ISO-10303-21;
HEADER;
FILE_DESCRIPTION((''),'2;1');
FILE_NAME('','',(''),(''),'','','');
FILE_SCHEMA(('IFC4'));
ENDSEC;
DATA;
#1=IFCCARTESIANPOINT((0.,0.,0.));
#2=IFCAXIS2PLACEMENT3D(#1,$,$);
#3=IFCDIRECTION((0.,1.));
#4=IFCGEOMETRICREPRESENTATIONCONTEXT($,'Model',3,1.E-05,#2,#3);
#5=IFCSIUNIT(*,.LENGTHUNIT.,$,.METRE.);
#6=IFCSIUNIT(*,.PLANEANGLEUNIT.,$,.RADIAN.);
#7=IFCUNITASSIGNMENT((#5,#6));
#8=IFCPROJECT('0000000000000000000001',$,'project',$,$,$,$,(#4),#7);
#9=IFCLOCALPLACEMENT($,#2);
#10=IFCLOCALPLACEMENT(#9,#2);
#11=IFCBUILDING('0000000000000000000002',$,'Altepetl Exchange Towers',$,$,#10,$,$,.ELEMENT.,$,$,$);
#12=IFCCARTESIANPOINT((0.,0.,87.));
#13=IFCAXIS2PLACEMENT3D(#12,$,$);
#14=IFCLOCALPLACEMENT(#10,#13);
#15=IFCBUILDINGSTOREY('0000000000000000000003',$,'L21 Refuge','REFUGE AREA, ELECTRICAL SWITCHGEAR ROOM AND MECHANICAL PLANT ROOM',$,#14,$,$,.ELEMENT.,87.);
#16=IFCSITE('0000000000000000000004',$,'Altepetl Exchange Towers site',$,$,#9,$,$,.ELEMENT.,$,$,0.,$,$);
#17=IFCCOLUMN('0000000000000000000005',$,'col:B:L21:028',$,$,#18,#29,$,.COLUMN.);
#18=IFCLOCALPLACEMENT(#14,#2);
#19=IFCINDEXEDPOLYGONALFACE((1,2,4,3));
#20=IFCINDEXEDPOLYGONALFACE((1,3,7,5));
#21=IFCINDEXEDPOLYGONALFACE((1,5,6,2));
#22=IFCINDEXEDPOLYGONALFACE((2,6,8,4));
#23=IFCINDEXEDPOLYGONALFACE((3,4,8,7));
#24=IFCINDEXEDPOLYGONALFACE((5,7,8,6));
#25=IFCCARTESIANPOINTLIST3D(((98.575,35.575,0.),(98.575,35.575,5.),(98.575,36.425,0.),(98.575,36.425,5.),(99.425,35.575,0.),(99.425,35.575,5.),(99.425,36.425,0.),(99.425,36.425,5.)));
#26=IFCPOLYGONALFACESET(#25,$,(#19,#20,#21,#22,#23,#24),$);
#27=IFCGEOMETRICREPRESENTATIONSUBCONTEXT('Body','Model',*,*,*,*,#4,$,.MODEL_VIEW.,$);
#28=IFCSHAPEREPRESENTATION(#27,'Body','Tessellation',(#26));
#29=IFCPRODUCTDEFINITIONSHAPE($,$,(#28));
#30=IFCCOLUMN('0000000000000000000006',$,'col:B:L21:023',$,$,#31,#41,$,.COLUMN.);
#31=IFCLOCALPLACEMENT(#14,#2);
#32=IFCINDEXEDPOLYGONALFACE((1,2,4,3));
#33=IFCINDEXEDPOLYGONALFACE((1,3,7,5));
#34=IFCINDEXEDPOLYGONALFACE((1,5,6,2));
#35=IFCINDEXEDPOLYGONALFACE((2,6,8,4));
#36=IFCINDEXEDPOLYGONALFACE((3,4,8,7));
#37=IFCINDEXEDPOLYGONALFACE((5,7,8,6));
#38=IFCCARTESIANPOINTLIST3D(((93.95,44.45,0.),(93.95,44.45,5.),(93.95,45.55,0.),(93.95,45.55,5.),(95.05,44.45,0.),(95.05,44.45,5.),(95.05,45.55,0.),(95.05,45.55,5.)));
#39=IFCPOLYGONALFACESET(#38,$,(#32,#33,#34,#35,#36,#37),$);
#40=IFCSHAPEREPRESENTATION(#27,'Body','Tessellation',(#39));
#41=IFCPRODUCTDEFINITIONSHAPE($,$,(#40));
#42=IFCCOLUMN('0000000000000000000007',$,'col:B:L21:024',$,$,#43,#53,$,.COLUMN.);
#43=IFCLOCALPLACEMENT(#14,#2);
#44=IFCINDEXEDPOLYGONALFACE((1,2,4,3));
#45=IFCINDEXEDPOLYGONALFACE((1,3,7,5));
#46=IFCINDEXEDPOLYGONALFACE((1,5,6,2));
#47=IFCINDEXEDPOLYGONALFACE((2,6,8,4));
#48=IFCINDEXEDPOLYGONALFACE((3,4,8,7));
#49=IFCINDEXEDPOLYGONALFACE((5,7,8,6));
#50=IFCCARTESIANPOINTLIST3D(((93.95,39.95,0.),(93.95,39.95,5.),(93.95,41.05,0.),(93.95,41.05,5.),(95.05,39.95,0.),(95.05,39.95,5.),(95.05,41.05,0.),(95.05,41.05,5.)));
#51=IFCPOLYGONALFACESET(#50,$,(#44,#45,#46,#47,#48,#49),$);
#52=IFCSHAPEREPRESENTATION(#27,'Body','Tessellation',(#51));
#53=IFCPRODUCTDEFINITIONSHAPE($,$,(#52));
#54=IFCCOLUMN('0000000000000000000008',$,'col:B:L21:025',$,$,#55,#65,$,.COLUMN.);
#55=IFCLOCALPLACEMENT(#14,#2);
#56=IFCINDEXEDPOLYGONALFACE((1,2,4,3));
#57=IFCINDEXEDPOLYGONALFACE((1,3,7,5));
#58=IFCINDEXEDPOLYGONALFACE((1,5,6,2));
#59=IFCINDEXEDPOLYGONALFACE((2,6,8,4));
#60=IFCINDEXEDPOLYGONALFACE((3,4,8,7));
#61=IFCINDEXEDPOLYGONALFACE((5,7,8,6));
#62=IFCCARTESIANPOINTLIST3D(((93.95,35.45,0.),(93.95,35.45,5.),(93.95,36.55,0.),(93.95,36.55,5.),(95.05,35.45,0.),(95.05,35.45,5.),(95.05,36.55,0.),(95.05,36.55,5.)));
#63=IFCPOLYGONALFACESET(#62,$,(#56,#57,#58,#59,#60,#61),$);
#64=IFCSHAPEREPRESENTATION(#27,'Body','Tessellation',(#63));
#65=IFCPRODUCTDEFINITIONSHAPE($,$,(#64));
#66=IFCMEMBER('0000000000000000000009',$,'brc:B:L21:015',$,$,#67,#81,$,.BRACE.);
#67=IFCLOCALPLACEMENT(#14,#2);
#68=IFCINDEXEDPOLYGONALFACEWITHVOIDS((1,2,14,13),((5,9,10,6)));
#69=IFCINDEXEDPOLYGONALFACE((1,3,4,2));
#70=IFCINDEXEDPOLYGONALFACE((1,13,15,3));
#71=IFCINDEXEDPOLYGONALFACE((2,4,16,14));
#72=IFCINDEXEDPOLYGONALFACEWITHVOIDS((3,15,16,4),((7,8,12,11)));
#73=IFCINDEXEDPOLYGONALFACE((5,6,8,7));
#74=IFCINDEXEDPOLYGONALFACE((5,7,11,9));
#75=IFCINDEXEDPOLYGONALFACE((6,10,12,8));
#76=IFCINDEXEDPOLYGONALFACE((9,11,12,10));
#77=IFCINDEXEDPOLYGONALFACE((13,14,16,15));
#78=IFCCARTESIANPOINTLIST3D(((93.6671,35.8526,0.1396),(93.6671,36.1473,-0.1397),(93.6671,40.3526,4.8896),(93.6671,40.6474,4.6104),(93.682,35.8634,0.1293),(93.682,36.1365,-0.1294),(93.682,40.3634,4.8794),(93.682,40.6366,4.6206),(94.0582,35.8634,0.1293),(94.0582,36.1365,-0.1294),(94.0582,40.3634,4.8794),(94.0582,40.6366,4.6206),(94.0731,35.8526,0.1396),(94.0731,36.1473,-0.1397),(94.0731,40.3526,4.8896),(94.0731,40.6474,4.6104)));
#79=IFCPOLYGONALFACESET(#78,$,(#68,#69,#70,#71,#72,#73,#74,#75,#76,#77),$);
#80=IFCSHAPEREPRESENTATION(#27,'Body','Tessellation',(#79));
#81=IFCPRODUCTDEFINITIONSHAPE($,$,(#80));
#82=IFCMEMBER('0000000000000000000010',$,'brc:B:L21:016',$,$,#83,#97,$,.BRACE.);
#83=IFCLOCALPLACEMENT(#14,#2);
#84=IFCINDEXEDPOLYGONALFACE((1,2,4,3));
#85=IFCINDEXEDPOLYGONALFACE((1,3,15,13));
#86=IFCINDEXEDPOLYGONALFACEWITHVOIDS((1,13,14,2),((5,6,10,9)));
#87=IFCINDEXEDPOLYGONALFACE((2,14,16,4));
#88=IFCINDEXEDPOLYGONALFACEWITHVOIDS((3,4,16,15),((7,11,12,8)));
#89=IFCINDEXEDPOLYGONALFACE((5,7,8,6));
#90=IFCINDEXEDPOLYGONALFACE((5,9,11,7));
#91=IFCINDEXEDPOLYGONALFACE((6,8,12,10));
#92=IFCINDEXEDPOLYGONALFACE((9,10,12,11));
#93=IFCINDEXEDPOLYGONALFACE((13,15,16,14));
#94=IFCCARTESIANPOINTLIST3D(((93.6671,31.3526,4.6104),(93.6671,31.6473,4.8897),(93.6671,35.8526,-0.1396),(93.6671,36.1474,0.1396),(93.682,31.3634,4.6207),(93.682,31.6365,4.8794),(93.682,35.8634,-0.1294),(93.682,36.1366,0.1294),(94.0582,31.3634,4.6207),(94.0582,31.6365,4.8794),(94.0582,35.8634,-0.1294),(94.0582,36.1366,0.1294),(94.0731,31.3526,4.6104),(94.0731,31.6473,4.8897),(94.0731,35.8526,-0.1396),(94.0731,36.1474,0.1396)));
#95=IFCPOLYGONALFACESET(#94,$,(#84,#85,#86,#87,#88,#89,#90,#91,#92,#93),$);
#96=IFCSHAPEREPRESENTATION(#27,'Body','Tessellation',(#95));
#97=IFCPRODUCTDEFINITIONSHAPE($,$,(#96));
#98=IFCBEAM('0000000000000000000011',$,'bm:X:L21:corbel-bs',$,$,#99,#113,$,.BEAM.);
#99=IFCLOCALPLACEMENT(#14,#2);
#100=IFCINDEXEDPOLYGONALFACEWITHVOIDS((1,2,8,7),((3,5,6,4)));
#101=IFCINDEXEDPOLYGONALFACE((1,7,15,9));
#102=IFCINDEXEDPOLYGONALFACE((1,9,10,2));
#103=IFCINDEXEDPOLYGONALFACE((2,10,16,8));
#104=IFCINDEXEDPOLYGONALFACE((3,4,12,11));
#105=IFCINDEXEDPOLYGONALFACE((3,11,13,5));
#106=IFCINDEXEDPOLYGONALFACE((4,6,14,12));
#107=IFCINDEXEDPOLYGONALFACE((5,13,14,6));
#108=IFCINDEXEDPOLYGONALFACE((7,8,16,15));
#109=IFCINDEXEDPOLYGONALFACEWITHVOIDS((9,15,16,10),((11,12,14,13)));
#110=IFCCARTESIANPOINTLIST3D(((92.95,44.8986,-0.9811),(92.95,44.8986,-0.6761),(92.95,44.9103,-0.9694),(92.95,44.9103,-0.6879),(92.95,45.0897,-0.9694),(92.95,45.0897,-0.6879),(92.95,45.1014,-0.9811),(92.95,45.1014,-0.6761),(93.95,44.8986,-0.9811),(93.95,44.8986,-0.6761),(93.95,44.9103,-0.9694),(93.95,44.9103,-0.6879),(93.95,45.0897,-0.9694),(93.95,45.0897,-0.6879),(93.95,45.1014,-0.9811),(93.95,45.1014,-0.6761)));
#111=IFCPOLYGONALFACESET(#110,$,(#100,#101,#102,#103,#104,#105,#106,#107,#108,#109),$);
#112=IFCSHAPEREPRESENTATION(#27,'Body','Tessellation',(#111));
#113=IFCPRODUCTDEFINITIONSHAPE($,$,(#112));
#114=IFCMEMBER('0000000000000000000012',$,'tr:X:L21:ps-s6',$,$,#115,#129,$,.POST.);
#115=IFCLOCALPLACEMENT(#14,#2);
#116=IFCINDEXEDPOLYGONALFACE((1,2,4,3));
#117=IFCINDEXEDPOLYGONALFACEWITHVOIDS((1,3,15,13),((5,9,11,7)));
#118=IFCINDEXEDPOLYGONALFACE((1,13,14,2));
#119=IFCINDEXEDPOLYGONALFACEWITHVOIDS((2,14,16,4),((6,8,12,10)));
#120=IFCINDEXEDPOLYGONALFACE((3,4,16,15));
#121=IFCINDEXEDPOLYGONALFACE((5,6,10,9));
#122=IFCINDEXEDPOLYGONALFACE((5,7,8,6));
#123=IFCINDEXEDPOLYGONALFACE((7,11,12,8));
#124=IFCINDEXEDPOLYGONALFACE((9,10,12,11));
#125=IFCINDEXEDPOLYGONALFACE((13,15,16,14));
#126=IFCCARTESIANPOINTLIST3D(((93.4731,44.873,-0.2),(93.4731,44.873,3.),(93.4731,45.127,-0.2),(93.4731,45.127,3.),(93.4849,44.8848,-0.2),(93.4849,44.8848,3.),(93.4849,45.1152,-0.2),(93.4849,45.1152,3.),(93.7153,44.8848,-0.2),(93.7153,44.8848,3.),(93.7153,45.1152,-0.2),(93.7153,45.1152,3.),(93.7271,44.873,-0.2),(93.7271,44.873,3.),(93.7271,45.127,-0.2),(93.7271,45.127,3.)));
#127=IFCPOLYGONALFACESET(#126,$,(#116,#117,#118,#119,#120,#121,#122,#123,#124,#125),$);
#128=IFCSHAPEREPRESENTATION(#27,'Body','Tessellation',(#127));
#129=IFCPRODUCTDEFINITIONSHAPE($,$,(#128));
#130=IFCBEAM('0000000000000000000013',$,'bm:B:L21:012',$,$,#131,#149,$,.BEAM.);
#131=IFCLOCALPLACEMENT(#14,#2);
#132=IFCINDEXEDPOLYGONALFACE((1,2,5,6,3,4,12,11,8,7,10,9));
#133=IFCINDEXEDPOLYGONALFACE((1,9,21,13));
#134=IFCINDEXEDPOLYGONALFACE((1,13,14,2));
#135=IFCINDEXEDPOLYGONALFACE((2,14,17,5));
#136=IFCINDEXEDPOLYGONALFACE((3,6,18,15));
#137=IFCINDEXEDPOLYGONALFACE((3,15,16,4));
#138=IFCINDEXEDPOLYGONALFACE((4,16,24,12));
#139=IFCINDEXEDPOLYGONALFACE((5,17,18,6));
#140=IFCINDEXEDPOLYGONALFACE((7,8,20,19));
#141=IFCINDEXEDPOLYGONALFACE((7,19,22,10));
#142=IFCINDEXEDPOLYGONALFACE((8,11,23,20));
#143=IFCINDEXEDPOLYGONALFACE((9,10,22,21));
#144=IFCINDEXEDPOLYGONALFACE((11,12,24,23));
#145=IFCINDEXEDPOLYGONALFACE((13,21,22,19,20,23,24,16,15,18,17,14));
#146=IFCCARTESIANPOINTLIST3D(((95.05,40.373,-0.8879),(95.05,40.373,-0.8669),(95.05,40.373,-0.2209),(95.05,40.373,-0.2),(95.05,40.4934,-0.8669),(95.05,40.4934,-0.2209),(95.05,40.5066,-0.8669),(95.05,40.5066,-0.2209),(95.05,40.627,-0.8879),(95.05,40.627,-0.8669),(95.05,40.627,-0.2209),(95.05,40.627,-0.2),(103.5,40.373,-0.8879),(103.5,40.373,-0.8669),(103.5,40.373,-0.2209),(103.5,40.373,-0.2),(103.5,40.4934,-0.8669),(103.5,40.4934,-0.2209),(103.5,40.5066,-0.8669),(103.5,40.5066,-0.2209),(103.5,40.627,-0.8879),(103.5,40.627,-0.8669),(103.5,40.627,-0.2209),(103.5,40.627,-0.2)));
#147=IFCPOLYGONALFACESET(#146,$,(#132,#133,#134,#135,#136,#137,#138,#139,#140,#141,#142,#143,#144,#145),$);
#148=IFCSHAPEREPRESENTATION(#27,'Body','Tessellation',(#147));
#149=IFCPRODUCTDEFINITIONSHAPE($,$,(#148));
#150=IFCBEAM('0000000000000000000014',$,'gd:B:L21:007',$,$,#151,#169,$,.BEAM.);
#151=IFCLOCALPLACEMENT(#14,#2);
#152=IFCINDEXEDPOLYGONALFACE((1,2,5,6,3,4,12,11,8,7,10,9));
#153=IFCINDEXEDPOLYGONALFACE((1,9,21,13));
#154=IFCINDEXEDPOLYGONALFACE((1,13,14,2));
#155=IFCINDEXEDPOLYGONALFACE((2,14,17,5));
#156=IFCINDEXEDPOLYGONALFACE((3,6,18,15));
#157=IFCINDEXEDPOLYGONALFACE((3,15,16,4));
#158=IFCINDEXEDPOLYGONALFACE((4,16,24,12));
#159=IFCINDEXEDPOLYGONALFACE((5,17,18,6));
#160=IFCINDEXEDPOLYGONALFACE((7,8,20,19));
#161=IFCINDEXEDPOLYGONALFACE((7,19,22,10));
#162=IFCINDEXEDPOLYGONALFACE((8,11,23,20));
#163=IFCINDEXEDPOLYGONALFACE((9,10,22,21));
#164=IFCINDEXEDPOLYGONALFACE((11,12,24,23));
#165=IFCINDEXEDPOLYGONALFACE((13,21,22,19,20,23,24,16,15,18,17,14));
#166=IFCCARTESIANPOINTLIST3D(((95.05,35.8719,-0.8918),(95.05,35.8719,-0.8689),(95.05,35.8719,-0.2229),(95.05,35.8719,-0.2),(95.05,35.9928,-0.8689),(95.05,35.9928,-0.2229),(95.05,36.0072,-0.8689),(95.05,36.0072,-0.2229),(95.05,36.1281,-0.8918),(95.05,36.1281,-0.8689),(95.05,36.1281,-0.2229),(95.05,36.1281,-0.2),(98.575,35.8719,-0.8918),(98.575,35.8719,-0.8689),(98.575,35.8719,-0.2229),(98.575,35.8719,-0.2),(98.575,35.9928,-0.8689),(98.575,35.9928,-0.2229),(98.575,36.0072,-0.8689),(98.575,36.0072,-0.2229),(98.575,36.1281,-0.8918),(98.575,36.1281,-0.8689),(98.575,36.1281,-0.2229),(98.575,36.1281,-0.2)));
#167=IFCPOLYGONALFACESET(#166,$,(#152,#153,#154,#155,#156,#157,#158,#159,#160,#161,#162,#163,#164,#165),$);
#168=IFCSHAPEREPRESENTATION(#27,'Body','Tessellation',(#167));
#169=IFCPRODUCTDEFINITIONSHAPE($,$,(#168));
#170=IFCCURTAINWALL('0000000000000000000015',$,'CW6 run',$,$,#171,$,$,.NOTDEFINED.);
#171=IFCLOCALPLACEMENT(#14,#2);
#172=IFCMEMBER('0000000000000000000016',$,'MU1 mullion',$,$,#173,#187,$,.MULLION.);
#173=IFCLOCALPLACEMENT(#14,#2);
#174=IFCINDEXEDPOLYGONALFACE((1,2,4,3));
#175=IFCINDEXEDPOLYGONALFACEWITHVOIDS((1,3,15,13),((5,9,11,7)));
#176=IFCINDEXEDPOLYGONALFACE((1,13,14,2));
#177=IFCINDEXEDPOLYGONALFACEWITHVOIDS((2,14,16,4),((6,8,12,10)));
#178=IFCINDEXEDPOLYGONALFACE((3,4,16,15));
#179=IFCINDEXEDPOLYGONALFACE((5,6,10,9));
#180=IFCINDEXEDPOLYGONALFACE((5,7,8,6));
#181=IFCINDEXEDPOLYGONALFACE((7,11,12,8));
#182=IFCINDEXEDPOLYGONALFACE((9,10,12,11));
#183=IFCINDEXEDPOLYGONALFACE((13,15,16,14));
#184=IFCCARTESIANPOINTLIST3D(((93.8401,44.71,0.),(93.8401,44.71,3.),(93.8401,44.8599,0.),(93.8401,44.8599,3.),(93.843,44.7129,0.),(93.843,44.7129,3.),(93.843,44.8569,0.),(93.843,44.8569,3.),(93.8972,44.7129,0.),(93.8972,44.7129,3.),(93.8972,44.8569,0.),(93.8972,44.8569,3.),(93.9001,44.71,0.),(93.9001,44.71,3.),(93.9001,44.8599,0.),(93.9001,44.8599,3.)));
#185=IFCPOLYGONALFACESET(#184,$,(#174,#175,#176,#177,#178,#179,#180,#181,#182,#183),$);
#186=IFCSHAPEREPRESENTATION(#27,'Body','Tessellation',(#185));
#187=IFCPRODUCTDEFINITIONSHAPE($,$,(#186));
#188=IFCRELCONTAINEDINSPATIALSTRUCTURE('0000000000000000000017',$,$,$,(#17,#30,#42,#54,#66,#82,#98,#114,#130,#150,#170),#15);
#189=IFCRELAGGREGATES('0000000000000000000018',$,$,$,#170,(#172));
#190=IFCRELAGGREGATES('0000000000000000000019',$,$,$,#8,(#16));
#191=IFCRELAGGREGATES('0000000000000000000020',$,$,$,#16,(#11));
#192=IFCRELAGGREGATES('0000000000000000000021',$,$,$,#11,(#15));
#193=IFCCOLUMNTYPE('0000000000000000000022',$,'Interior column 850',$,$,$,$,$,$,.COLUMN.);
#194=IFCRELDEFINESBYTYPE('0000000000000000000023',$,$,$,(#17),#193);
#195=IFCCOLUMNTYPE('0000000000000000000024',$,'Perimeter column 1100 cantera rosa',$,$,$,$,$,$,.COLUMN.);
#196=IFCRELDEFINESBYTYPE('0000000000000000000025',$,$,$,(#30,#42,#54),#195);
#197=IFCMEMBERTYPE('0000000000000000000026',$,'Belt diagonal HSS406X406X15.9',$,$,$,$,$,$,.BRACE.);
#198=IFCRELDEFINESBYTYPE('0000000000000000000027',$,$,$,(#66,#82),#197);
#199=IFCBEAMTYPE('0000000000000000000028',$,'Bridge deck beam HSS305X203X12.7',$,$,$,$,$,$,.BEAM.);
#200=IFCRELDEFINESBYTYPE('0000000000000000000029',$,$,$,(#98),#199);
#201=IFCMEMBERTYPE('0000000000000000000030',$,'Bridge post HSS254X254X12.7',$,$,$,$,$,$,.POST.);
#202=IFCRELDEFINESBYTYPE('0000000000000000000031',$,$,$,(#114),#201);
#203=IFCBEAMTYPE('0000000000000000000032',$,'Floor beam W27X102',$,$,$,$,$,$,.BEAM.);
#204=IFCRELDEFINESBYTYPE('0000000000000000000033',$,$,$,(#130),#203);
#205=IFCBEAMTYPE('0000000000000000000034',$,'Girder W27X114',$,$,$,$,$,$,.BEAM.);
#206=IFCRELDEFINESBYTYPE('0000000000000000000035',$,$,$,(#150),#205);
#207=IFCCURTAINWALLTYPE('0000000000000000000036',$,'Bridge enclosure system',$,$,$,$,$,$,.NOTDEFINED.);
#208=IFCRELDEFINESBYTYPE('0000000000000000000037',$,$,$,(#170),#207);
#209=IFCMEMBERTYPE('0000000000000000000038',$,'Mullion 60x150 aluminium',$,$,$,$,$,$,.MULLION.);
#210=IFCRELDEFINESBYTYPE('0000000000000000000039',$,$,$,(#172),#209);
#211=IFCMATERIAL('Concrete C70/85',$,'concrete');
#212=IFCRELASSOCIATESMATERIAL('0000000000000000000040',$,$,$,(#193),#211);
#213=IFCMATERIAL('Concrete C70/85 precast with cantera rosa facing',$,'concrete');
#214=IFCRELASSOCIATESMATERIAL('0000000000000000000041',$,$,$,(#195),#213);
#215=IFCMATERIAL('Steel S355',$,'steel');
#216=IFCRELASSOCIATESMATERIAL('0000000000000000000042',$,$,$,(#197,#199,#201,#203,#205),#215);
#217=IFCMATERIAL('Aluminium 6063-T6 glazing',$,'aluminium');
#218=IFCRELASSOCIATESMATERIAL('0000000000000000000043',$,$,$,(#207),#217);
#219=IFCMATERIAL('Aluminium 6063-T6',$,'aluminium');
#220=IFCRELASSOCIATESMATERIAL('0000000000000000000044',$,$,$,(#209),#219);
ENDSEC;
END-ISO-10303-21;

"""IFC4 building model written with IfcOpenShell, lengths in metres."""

from ifc_helpers import new_model, si_unit, direction, frame, origin, origin_2d, place, context, subcontext, project, spatial, rectangle, hollow_rectangle, i_section, extrude, material, material_profile, profile_set, type_object, element, aggregate, save


model = new_model("IFC4")

# Units and contexts
model_context = context("Model", 3, precision=1e-05, world=origin(), true_north=direction((0.0, 1.0)))
body_context = subcontext(model_context, "Body", "Model", "MODEL_VIEW")
ifc_project = project(units=[si_unit("LENGTHUNIT", "METRE"), si_unit("PLANEANGLEUNIT", "RADIAN")], contexts=[model_context])

# Site, building, storey
site_placement = place(None, origin())
site = spatial("IfcSite", under=ifc_project, at=site_placement, Name="Altepetl Exchange Towers site", CompositionType="ELEMENT", RefElevation=0.0)
building_placement = place(site_placement, origin())
building = spatial("IfcBuilding", under=site, at=building_placement, Name="Altepetl Exchange Towers", CompositionType="ELEMENT")
storey_placement = place(building_placement, frame((0.0, 0.0, 87.0)))
storey = spatial("IfcBuildingStorey", under=building, at=storey_placement, Name="L21 Refuge", Description="REFUGE AREA, ELECTRICAL SWITCHGEAR ROOM AND MECHANICAL PLANT ROOM", CompositionType="ELEMENT", Elevation=87.0)

# Columns
ifc_material_1 = material(Name="Concrete C70/85", Category="concrete")
ifc_material_profile_1 = material_profile(ifc_material_1, rectangle(XDim=0.8501, YDim=0.8501, at=origin_2d()), Name="850 x 850")
ifc_profile_set_1 = profile_set([ifc_material_profile_1], Name="Concrete C70/85")
column_type_1 = type_object("IfcColumnType", Name="Interior column 850", PredefinedType="COLUMN", material=ifc_profile_set_1)
column_placement = place(storey_placement, frame((99.0, 36.0, 0.0)))
element("IfcColumn", 1, at=column_placement, inside=storey, type_object=column_type_1, Name="col:B:L21:028", PredefinedType="COLUMN", context=body_context, shape_type="SweptSolid", body=[
    extrude(rectangle(XDim=0.8501, YDim=0.8501, at=origin_2d()), origin(), (0.0, 0.0, 1.0), 5.0),
])
ifc_material_2 = material(Name="Concrete C70/85 precast with cantera rosa facing", Category="concrete")
ifc_material_profile_2 = material_profile(ifc_material_2, rectangle(XDim=1.1001, YDim=1.1001, at=origin_2d()), Name="1100 x 1100")
ifc_profile_set_2 = profile_set([ifc_material_profile_2], Name="Concrete C70/85 precast with cantera rosa facing")
column_type_2 = type_object("IfcColumnType", Name="Perimeter column 1100 cantera rosa", PredefinedType="COLUMN", material=ifc_profile_set_2)
for number, where, name in (
    (2, (94.5, 45.0, 0.0), "col:B:L21:023"),
    (3, (94.5, 40.5, 0.0), "col:B:L21:024"),
    (4, (94.5, 36.0, 0.0), "col:B:L21:025"),
):
    element("IfcColumn", number, at=place(storey_placement, frame(where)), inside=storey, type_object=column_type_2, Name=name, PredefinedType="COLUMN", context=body_context, shape_type="SweptSolid", body=[
        extrude(rectangle(XDim=1.1001, YDim=1.1001, at=origin_2d()), origin(), (0.0, 0.0, 1.0), 5.0),
    ])

# Members
ifc_material_3 = material(Name="Steel S355", Category="steel")
ifc_material_profile_3 = material_profile(ifc_material_3, hollow_rectangle(XDim=0.406, YDim=0.406, WallThickness=0.0149, at=origin_2d()), Name="HSS406X406X15.9")
ifc_profile_set_3 = profile_set([ifc_material_profile_3], Name="Steel S355")
member_type_1 = type_object("IfcMemberType", Name="Belt diagonal HSS406X406X15.9", PredefinedType="BRACE", material=ifc_profile_set_3)
for number, where, z_axis, x_axis, name in (
    (5, (93.8701, 40.5, 4.75), (0.0, -0.687745, -0.725953), (1.0, 0.0, 0.0), "brc:B:L21:015"),
    (6, (93.8701, 36.0, 0.0), (0.0, -0.687745, 0.725953), (1.0, 0.0, 0.0), "brc:B:L21:016"),
):
    element("IfcMember", number, at=place(storey_placement, frame(where, z_axis=z_axis, x_axis=x_axis)), inside=storey, type_object=member_type_1, Name=name, PredefinedType="BRACE", context=body_context, shape_type="SweptSolid", body=[
        extrude(hollow_rectangle(XDim=0.406, YDim=0.406, WallThickness=0.0149, at=origin_2d()), origin(), (0.0, 0.0, 1.0), 6.5432),
    ])

# Beam
ifc_material_profile_4 = material_profile(ifc_material_3, hollow_rectangle(XDim=0.2029, YDim=0.3049, WallThickness=0.0117, at=origin_2d()), Name="HSS305X203X12.7")
ifc_profile_set_4 = profile_set([ifc_material_profile_4], Name="Steel S355")
beam_type_1 = type_object("IfcBeamType", Name="Bridge deck beam HSS305X203X12.7", PredefinedType="BEAM", material=ifc_profile_set_4)
beam_1_placement = place(storey_placement, frame((93.95, 45.0, -0.8286), z_axis=(-1.0, 0.0, 0.0), x_axis=(0.0, -1.0, 0.0)))
element("IfcBeam", 7, at=beam_1_placement, inside=storey, type_object=beam_type_1, Name="bm:X:L21:corbel-bs", PredefinedType="BEAM", context=body_context, shape_type="SweptSolid", body=[
    extrude(hollow_rectangle(XDim=0.2029, YDim=0.3049, WallThickness=0.0117, at=origin_2d()), origin(), (0.0, 0.0, 1.0), 1.0),
])

# Member
ifc_material_profile_5 = material_profile(ifc_material_3, hollow_rectangle(XDim=0.2539, YDim=0.2539, WallThickness=0.0117, at=origin_2d()), Name="HSS254X254X12.7")
ifc_profile_set_5 = profile_set([ifc_material_profile_5], Name="Steel S355")
member_type_2 = type_object("IfcMemberType", Name="Bridge post HSS254X254X12.7", PredefinedType="POST", material=ifc_profile_set_5)
member_1_placement = place(storey_placement, frame((93.6001, 45.0, -0.2)))
element("IfcMember", 8, at=member_1_placement, inside=storey, type_object=member_type_2, Name="tr:X:L21:ps-s6", PredefinedType="POST", context=body_context, shape_type="SweptSolid", body=[
    extrude(hollow_rectangle(XDim=0.2539, YDim=0.2539, WallThickness=0.0117, at=origin_2d()), origin(), (0.0, 0.0, 1.0), 3.2),
])

# Beams
ifc_material_profile_6 = material_profile(ifc_material_3, i_section(OverallWidth=0.2539, OverallDepth=0.688, WebThickness=0.0132, FlangeThickness=0.021, at=origin_2d()), Name="W27X102")
ifc_profile_set_6 = profile_set([ifc_material_profile_6], Name="Steel S355")
beam_type_2 = type_object("IfcBeamType", Name="Floor beam W27X102", PredefinedType="BEAM", material=ifc_profile_set_6)
beam_2_placement = place(storey_placement, frame((95.05, 40.5, -0.5439), z_axis=(1.0, 0.0, 0.0), x_axis=(0.0, 1.0, 0.0)))
element("IfcBeam", 9, at=beam_2_placement, inside=storey, type_object=beam_type_2, Name="bm:B:L21:012", PredefinedType="BEAM", context=body_context, shape_type="SweptSolid", body=[
    extrude(i_section(OverallWidth=0.2539, OverallDepth=0.688, WebThickness=0.0132, FlangeThickness=0.021, at=origin_2d()), origin(), (0.0, 0.0, 1.0), 8.45),
])
ifc_material_profile_7 = material_profile(ifc_material_3, i_section(OverallWidth=0.2561, OverallDepth=0.6919, WebThickness=0.0144, FlangeThickness=0.0229, at=origin_2d()), Name="W27X114")
ifc_profile_set_7 = profile_set([ifc_material_profile_7], Name="Steel S355")
beam_type_3 = type_object("IfcBeamType", Name="Girder W27X114", PredefinedType="BEAM", material=ifc_profile_set_7)
beam_3_placement = place(storey_placement, frame((98.575, 36.0, -0.5459), z_axis=(-1.0, 0.0, 0.0), x_axis=(0.0, -1.0, 0.0)))
element("IfcBeam", 10, at=beam_3_placement, inside=storey, type_object=beam_type_3, Name="gd:B:L21:007", PredefinedType="BEAM", context=body_context, shape_type="SweptSolid", body=[
    extrude(i_section(OverallWidth=0.2561, OverallDepth=0.6919, WebThickness=0.0144, FlangeThickness=0.0229, at=origin_2d()), origin(), (0.0, 0.0, 1.0), 3.5249),
])

# Curtain wall, member
ifc_material_4 = material(Name="Aluminium 6063-T6 glazing", Category="aluminium")
curtain_wall_type_1 = type_object("IfcCurtainWallType", Name="Bridge enclosure system", PredefinedType="NOTDEFINED", material=ifc_material_4)
curtain_wall_1_placement = place(storey_placement, origin())
curtain_wall_1 = element("IfcCurtainWall", 11, at=curtain_wall_1_placement, inside=storey, type_object=curtain_wall_type_1, Name="CW6 run", PredefinedType="NOTDEFINED")
ifc_material_5 = material(Name="Aluminium 6063-T6", Category="aluminium")
ifc_material_profile_8 = material_profile(ifc_material_5, hollow_rectangle(XDim=0.0601, YDim=0.1499, WallThickness=0.0029, at=origin_2d()), Name="Mullion 60x150 aluminium")
ifc_profile_set_8 = profile_set([ifc_material_profile_8], Name="Aluminium 6063-T6")
member_type_3 = type_object("IfcMemberType", Name="Mullion 60x150 aluminium", PredefinedType="MULLION", material=ifc_profile_set_8)
member_2_placement = place(storey_placement, frame((93.8701, 44.7849, 0.0)))
member_2 = element("IfcMember", 12, at=member_2_placement, type_object=member_type_3, Name="MU1 mullion", PredefinedType="MULLION", context=body_context, shape_type="SweptSolid", body=[
    extrude(hollow_rectangle(XDim=0.0601, YDim=0.1499, WallThickness=0.0029, at=origin_2d()), origin(), (0.0, 0.0, 1.0), 3.0),
])
aggregate(curtain_wall_1, [member_2])

save(model, "model.ifc")
